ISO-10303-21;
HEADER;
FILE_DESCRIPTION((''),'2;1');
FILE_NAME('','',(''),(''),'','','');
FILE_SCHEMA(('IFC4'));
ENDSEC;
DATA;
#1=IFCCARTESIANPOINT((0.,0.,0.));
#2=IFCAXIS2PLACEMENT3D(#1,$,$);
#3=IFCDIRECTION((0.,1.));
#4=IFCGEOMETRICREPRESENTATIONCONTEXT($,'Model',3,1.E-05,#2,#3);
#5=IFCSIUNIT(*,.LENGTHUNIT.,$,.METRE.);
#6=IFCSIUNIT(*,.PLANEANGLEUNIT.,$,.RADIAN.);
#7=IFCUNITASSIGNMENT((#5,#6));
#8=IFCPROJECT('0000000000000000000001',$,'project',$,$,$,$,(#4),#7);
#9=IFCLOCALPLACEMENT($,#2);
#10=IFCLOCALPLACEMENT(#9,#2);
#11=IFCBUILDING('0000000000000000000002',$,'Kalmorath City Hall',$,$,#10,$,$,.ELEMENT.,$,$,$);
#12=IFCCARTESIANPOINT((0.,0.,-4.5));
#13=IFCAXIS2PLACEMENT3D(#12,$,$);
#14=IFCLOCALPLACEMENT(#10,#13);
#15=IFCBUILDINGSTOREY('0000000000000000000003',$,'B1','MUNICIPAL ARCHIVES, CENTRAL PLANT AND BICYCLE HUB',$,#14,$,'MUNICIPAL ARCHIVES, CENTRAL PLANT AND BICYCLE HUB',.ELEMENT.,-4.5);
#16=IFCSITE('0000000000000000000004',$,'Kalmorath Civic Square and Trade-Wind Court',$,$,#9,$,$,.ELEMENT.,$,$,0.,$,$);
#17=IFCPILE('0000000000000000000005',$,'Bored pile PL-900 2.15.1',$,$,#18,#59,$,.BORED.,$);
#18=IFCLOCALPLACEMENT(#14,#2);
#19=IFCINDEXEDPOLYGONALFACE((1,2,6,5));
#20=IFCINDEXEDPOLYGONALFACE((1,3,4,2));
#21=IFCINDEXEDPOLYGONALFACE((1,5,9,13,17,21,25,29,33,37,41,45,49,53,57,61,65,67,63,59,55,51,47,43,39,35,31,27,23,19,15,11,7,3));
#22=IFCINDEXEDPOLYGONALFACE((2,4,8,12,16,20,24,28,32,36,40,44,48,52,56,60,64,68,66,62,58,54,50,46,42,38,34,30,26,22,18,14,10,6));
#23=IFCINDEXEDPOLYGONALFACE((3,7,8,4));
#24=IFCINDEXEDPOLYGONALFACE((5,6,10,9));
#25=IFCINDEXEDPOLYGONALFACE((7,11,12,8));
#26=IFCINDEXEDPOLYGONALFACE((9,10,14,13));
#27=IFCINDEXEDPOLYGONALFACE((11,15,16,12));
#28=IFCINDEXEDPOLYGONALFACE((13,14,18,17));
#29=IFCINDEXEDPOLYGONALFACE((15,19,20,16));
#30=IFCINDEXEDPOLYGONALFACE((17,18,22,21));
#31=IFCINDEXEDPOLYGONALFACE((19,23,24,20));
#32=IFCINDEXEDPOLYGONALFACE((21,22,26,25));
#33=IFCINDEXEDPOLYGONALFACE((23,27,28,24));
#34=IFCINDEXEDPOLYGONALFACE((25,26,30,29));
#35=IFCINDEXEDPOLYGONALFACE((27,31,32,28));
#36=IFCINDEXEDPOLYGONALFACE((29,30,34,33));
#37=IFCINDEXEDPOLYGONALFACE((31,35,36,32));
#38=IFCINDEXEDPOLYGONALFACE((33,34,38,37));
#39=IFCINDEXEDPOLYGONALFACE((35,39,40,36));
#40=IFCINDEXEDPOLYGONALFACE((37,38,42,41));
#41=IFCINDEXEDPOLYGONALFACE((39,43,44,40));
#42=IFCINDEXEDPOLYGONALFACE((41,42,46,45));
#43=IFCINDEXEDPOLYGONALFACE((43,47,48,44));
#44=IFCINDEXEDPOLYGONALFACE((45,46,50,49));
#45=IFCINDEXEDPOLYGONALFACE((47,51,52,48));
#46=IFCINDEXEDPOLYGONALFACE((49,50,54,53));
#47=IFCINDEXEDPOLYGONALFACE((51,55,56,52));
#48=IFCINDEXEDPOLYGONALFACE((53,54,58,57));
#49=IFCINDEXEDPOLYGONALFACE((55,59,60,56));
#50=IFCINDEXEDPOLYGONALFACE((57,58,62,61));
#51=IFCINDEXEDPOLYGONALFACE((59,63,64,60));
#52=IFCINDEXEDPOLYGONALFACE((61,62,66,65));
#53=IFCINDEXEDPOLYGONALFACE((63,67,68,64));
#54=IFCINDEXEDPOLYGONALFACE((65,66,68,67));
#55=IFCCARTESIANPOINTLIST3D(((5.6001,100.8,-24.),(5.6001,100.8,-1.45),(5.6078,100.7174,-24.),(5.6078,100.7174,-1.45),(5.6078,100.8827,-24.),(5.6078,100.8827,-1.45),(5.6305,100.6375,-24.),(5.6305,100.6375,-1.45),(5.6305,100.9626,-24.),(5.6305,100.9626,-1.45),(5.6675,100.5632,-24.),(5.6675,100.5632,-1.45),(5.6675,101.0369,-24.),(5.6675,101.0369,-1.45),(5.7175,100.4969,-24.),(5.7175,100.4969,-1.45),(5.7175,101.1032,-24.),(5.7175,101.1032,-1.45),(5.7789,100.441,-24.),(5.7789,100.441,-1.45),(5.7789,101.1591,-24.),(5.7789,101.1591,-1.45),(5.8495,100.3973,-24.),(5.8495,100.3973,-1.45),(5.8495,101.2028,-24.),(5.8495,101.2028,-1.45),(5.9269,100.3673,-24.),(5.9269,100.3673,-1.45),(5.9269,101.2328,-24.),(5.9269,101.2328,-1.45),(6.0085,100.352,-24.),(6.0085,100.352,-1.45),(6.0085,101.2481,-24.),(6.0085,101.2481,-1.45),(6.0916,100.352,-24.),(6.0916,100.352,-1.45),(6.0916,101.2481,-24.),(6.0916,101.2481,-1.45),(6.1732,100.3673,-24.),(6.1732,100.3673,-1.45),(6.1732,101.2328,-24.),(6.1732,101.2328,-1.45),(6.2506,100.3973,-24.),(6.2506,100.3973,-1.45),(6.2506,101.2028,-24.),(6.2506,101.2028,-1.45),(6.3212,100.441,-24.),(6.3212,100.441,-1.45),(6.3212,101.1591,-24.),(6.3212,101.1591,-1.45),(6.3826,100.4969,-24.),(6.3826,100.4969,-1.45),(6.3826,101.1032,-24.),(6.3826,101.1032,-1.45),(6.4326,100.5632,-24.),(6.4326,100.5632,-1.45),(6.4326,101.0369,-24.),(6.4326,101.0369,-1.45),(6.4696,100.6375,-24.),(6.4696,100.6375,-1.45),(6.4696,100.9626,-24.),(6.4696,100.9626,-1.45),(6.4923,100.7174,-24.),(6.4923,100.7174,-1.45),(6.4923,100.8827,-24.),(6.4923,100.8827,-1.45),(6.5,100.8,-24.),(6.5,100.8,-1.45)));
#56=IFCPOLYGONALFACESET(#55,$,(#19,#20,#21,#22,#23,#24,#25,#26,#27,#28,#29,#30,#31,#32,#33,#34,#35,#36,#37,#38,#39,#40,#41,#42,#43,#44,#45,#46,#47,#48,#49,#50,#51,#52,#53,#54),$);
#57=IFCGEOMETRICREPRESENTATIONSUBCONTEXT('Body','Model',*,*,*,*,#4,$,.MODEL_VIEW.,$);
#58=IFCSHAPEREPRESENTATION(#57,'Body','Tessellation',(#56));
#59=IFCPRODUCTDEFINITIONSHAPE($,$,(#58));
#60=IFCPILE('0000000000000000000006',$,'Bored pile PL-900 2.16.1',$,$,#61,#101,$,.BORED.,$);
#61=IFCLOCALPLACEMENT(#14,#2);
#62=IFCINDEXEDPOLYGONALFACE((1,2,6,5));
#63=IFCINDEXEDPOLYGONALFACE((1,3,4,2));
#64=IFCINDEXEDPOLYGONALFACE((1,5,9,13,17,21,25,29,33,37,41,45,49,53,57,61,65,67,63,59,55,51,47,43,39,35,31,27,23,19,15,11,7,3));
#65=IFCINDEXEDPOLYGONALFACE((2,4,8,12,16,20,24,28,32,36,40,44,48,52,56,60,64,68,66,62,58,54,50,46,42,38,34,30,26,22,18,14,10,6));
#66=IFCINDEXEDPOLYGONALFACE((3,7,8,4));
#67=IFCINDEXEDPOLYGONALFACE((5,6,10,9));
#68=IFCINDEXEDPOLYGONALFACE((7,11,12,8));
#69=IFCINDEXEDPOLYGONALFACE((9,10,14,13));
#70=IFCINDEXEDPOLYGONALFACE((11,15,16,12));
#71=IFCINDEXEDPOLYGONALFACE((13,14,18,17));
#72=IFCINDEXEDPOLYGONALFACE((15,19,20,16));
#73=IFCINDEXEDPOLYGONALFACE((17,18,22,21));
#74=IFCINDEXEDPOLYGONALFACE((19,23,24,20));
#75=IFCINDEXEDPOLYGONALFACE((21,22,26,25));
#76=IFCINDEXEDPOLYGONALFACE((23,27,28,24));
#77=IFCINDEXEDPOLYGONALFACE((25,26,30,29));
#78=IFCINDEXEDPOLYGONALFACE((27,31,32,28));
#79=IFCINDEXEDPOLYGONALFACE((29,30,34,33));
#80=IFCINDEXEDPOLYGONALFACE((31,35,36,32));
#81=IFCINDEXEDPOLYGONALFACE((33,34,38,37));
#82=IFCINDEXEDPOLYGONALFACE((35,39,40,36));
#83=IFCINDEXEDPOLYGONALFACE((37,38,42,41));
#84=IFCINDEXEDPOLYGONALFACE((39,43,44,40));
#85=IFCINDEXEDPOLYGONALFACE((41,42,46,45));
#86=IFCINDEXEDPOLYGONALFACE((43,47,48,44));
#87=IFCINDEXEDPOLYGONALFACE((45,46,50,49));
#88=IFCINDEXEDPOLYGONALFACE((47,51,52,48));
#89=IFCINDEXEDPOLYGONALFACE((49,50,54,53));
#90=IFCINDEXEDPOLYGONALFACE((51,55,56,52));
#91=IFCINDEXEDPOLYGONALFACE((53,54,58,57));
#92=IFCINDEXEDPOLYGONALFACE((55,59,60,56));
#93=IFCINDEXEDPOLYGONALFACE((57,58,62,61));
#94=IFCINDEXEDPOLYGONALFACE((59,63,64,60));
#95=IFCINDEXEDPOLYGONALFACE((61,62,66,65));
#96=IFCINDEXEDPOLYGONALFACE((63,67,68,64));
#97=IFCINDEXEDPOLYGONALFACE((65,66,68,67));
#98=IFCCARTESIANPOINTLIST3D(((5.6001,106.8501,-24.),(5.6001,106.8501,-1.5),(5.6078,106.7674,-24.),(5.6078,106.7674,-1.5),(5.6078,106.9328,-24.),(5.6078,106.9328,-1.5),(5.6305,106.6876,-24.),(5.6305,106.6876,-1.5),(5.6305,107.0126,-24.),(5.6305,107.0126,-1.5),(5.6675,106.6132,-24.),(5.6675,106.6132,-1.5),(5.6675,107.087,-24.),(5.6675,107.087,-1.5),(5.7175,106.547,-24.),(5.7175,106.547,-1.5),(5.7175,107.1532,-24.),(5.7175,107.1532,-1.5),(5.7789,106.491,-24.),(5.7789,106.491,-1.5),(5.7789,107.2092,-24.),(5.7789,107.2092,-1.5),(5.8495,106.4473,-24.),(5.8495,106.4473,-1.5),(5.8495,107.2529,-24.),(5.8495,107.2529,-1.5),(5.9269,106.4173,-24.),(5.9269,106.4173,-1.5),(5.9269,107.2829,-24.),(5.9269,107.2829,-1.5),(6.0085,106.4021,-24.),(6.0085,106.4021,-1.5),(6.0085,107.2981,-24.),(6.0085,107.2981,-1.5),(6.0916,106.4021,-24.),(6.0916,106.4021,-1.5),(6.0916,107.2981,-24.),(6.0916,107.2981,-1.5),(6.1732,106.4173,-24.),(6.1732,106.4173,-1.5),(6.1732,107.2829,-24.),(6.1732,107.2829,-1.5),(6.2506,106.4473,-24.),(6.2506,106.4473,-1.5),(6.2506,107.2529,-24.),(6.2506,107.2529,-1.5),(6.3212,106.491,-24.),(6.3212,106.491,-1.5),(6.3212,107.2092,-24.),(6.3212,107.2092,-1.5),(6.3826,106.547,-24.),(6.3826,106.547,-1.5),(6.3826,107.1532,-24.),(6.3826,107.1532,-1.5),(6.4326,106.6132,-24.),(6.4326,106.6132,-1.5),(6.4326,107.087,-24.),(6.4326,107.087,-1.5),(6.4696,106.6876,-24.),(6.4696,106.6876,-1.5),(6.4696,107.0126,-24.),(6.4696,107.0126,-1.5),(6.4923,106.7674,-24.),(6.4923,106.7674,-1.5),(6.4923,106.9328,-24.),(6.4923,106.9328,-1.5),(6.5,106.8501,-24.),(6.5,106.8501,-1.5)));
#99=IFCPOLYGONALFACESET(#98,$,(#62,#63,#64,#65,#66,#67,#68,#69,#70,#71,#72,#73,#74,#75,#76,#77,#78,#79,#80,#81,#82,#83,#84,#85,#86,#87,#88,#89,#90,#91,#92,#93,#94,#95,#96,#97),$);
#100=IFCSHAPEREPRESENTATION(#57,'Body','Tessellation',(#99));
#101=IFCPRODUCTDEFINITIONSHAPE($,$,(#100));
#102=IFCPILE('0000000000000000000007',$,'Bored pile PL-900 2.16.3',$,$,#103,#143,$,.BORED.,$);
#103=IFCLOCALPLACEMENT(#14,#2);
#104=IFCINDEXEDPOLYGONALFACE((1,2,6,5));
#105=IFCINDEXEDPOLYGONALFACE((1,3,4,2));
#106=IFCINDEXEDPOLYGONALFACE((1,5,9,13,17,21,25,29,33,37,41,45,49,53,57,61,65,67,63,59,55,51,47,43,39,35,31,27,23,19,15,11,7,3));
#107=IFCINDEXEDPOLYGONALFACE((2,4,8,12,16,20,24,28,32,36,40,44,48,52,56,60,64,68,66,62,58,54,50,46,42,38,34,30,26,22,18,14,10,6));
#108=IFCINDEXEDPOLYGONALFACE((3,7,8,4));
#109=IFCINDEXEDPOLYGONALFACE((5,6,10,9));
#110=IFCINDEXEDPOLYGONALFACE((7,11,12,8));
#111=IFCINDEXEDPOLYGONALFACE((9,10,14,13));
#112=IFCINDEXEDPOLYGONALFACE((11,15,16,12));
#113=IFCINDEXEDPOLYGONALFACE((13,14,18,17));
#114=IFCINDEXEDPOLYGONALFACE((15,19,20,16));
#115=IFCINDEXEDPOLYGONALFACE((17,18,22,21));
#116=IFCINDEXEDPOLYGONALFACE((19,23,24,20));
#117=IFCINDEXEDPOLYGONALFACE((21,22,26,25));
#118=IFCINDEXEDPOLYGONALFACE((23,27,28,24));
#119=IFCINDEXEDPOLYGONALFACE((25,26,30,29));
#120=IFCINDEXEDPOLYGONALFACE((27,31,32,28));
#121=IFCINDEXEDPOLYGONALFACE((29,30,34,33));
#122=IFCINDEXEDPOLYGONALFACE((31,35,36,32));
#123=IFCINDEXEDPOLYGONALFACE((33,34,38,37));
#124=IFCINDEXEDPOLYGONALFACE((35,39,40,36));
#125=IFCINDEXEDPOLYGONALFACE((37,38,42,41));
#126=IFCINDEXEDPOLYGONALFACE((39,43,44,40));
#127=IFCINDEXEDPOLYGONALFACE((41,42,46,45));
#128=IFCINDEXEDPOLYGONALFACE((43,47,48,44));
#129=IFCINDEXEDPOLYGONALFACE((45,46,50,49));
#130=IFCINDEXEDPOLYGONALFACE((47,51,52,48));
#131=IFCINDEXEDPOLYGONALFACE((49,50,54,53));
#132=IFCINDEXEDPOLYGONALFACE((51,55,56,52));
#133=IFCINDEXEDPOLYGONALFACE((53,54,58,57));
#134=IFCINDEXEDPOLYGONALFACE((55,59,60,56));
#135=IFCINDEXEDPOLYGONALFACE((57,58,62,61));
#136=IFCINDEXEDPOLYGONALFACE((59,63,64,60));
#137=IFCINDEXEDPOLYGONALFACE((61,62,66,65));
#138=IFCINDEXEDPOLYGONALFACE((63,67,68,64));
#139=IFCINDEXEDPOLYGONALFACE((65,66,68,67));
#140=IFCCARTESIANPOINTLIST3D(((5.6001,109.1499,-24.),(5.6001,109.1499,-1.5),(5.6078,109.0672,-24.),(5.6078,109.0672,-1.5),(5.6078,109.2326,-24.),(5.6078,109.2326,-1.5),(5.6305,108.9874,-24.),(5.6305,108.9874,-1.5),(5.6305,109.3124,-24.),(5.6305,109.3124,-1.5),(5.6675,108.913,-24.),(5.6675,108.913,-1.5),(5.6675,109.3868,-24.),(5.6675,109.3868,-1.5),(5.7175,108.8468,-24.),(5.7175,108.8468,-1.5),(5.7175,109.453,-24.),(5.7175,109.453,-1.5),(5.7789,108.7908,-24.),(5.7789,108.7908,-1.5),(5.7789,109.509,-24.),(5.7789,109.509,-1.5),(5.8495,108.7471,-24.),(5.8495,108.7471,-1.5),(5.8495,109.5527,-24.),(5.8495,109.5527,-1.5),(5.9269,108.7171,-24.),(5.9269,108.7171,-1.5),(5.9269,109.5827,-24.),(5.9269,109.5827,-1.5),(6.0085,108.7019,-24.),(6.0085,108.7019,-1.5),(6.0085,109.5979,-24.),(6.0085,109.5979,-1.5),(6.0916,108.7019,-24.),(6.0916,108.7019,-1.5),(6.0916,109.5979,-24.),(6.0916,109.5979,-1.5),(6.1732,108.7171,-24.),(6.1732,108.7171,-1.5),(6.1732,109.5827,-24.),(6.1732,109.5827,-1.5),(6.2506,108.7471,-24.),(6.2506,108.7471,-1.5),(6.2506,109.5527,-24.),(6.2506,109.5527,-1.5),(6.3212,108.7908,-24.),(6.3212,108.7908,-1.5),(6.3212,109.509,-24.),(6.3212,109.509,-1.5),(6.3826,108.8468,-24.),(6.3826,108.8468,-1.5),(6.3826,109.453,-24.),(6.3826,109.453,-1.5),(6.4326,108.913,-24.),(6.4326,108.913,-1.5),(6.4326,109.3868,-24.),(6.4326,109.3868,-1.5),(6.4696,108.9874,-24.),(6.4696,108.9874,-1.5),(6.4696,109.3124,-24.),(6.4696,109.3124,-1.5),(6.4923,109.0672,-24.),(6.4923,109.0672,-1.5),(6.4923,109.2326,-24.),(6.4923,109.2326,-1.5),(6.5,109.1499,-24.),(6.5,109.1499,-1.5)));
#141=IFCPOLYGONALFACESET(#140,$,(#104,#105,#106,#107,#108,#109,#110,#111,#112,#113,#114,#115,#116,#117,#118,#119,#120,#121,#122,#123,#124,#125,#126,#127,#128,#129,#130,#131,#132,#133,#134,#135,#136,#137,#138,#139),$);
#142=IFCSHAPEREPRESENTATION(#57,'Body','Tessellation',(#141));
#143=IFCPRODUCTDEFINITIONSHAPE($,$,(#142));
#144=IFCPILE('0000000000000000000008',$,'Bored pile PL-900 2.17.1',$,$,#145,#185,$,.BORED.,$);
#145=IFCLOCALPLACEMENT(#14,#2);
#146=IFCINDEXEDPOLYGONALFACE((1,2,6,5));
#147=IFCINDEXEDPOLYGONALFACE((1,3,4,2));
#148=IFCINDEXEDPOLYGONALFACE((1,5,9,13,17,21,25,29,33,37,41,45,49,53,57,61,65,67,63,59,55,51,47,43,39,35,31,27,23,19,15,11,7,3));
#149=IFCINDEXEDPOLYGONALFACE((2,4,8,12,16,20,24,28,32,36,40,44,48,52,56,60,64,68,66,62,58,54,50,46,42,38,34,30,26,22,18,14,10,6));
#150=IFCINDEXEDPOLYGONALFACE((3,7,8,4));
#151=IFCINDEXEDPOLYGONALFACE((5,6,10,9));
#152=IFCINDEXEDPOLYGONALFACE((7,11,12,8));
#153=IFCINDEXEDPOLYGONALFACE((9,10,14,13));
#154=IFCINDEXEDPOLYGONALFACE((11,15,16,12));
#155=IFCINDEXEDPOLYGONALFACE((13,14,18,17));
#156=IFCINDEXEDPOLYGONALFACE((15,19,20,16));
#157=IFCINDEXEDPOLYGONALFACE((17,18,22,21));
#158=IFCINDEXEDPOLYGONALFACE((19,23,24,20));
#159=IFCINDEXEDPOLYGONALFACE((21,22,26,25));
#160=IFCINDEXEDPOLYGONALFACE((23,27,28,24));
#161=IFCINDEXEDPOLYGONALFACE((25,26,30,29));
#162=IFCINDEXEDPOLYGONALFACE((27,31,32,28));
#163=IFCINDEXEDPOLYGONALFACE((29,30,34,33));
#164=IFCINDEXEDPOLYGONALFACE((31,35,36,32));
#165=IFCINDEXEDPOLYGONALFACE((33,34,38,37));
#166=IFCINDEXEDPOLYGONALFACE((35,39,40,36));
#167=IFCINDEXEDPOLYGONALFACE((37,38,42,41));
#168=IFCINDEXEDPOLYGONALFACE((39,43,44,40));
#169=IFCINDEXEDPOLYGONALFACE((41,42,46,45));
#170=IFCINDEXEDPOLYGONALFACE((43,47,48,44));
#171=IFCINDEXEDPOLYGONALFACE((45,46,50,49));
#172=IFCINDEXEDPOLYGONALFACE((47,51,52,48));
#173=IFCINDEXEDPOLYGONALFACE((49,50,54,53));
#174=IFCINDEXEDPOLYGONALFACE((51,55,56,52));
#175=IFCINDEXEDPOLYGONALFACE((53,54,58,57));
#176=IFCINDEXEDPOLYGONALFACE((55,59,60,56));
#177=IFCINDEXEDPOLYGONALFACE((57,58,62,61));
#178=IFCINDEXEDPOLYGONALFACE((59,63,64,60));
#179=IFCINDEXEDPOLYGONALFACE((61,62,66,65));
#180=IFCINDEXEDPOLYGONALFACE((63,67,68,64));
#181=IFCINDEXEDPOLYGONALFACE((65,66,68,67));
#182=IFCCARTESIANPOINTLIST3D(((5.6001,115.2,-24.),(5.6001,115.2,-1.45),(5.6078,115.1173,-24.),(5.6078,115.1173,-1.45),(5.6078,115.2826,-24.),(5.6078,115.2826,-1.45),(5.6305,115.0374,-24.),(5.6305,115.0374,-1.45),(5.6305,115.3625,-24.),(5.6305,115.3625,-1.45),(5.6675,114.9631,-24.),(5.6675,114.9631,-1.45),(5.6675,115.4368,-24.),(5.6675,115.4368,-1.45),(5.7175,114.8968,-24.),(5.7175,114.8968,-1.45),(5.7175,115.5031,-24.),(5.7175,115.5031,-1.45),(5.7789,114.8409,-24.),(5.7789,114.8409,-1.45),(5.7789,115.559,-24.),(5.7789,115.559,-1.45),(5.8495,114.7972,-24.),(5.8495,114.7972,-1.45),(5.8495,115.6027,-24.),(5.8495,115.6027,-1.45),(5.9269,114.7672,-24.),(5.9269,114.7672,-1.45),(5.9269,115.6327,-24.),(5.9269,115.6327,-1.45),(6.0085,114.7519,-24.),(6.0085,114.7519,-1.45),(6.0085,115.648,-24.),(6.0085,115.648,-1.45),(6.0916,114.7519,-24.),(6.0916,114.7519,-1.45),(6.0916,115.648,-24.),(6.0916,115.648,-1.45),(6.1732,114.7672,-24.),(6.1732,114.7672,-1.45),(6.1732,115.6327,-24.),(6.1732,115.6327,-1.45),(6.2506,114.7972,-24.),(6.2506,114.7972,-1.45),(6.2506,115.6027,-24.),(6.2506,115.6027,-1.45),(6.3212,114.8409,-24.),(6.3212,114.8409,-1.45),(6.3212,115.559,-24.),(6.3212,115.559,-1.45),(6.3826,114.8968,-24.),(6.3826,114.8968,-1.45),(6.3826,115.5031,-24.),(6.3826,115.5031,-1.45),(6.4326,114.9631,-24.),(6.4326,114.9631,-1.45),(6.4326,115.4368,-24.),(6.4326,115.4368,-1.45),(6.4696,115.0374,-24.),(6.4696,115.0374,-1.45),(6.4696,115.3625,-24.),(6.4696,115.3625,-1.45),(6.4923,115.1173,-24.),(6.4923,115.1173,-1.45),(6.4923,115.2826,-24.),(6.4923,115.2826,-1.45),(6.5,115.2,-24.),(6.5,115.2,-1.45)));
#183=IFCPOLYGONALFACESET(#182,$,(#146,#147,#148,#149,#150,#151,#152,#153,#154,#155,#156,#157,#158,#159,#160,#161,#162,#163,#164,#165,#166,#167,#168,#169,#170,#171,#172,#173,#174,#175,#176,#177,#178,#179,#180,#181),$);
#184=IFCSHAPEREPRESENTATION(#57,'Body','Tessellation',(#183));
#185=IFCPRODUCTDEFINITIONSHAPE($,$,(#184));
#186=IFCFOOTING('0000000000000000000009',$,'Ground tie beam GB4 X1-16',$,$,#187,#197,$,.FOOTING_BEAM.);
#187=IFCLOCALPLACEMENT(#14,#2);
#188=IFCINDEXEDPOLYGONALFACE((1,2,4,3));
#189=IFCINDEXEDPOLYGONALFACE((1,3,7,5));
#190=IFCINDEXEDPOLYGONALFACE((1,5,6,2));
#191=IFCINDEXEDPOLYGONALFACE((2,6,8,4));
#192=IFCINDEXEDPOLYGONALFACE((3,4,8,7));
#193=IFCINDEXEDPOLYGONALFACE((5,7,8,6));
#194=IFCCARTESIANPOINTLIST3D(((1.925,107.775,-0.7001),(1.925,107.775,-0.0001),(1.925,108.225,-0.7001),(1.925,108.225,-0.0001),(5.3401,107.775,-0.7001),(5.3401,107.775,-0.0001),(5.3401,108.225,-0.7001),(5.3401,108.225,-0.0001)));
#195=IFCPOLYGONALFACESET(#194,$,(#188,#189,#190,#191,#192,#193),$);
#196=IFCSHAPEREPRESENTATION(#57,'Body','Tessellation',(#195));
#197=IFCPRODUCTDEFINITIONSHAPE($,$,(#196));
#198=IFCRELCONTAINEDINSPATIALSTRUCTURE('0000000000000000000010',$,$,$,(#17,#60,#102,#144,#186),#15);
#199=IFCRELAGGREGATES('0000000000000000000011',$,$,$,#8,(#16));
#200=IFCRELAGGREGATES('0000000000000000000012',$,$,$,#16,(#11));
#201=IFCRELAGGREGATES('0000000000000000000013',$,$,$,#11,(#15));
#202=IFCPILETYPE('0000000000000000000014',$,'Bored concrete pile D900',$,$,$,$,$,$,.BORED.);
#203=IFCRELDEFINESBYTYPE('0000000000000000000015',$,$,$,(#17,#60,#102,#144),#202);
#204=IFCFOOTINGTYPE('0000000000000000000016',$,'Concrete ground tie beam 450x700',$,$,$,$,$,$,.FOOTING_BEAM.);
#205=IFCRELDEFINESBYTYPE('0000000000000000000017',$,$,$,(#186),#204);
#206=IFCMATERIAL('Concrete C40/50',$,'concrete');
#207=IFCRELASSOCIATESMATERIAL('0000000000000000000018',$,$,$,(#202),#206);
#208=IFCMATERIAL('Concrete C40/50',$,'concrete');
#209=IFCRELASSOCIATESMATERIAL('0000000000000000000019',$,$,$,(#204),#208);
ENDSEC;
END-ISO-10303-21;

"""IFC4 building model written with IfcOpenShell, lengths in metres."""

from ifc_helpers import new_model, si_unit, direction, frame, origin, origin_2d, place, context, subcontext, project, spatial, rectangle, circle, extrude, material, material_profile, profile_set, type_object, element, save


model = new_model("IFC4")

# Units and contexts
model_context = context("Model", 3, precision=1e-05, world=origin(), true_north=direction((0.0, 1.0)))
body_context = subcontext(model_context, "Body", "Model", "MODEL_VIEW")
ifc_project = project(units=[si_unit("LENGTHUNIT", "METRE"), si_unit("PLANEANGLEUNIT", "RADIAN")], contexts=[model_context])

# Site, building, storey
site_placement = place(None, origin())
site = spatial("IfcSite", under=ifc_project, at=site_placement, Name="Kalmorath Civic Square and Trade-Wind Court", CompositionType="ELEMENT", RefElevation=0.0)
building_placement = place(site_placement, origin())
building = spatial("IfcBuilding", under=site, at=building_placement, Name="Kalmorath City Hall", CompositionType="ELEMENT")
storey_placement = place(building_placement, frame((0.0, 0.0, -4.5)))
storey = spatial("IfcBuildingStorey", under=building, at=storey_placement, Name="B1", Description="MUNICIPAL ARCHIVES, CENTRAL PLANT AND BICYCLE HUB", LongName="MUNICIPAL ARCHIVES, CENTRAL PLANT AND BICYCLE HUB", CompositionType="ELEMENT", Elevation=-4.5)

# Piles
ifc_material_1 = material(Name="Concrete C40/50", Category="concrete")
ifc_material_profile_1 = material_profile(ifc_material_1, circle(Radius=0.45, at=origin_2d()), Name="PILE-D900")
ifc_profile_set_1 = profile_set([ifc_material_profile_1], Name="Concrete C40/50")
pile_type = type_object("IfcPileType", Name="Bored concrete pile D900", PredefinedType="BORED", material=ifc_profile_set_1)
pile_1_placement = place(storey_placement, frame((6.05, 100.8, -1.45), z_axis=(0.0, 0.0, -1.0), x_axis=(1.0, 0.0, 0.0)))
element("IfcPile", 1, at=pile_1_placement, inside=storey, type_object=pile_type, Name="Bored pile PL-900 2.15.1", PredefinedType="BORED", context=body_context, shape_type="SweptSolid", body=[
    extrude(circle(Radius=0.45, at=origin_2d()), origin(), (0.0, 0.0, 1.0), 22.55),
])
for number, where, z_axis, x_axis, name in (
    (2, (6.05, 106.8501, -1.5), (0.0, 0.0, -1.0), (1.0, 0.0, 0.0), "Bored pile PL-900 2.16.1"),
    (3, (6.05, 109.1499, -1.5), (0.0, 0.0, -1.0), (1.0, 0.0, 0.0), "Bored pile PL-900 2.16.3"),
):
    element("IfcPile", number, at=place(storey_placement, frame(where, z_axis=z_axis, x_axis=x_axis)), inside=storey, type_object=pile_type, Name=name, PredefinedType="BORED", context=body_context, shape_type="SweptSolid", body=[
        extrude(circle(Radius=0.45, at=origin_2d()), origin(), (0.0, 0.0, 1.0), 22.5),
    ])
pile_2_placement = place(storey_placement, frame((6.05, 115.2, -1.45), z_axis=(0.0, 0.0, -1.0), x_axis=(1.0, 0.0, 0.0)))
element("IfcPile", 4, at=pile_2_placement, inside=storey, type_object=pile_type, Name="Bored pile PL-900 2.17.1", PredefinedType="BORED", context=body_context, shape_type="SweptSolid", body=[
    extrude(circle(Radius=0.45, at=origin_2d()), origin(), (0.0, 0.0, 1.0), 22.55),
])

# Footing
ifc_material_2 = material(Name="Concrete C40/50", Category="concrete")
ifc_material_profile_2 = material_profile(ifc_material_2, rectangle(XDim=0.45, YDim=0.7, at=origin_2d()), Name="RC-BM-450X700")
ifc_profile_set_2 = profile_set([ifc_material_profile_2], Name="Concrete C40/50")
footing_type_1 = type_object("IfcFootingType", Name="Concrete ground tie beam 450x700", PredefinedType="FOOTING_BEAM", material=ifc_profile_set_2)
footing_1_placement = place(storey_placement, frame((1.925, 108.0, -0.3501), z_axis=(1.0, 0.0, 0.0), x_axis=(0.0, 1.0, 0.0)))
element("IfcFooting", 5, at=footing_1_placement, inside=storey, type_object=footing_type_1, Name="Ground tie beam GB4 X1-16", PredefinedType="FOOTING_BEAM", context=body_context, shape_type="SweptSolid", body=[
    extrude(rectangle(XDim=0.45, YDim=0.7, at=origin_2d()), origin(), (0.0, 0.0, 1.0), 3.415),
])

save(model, "model.ifc")
